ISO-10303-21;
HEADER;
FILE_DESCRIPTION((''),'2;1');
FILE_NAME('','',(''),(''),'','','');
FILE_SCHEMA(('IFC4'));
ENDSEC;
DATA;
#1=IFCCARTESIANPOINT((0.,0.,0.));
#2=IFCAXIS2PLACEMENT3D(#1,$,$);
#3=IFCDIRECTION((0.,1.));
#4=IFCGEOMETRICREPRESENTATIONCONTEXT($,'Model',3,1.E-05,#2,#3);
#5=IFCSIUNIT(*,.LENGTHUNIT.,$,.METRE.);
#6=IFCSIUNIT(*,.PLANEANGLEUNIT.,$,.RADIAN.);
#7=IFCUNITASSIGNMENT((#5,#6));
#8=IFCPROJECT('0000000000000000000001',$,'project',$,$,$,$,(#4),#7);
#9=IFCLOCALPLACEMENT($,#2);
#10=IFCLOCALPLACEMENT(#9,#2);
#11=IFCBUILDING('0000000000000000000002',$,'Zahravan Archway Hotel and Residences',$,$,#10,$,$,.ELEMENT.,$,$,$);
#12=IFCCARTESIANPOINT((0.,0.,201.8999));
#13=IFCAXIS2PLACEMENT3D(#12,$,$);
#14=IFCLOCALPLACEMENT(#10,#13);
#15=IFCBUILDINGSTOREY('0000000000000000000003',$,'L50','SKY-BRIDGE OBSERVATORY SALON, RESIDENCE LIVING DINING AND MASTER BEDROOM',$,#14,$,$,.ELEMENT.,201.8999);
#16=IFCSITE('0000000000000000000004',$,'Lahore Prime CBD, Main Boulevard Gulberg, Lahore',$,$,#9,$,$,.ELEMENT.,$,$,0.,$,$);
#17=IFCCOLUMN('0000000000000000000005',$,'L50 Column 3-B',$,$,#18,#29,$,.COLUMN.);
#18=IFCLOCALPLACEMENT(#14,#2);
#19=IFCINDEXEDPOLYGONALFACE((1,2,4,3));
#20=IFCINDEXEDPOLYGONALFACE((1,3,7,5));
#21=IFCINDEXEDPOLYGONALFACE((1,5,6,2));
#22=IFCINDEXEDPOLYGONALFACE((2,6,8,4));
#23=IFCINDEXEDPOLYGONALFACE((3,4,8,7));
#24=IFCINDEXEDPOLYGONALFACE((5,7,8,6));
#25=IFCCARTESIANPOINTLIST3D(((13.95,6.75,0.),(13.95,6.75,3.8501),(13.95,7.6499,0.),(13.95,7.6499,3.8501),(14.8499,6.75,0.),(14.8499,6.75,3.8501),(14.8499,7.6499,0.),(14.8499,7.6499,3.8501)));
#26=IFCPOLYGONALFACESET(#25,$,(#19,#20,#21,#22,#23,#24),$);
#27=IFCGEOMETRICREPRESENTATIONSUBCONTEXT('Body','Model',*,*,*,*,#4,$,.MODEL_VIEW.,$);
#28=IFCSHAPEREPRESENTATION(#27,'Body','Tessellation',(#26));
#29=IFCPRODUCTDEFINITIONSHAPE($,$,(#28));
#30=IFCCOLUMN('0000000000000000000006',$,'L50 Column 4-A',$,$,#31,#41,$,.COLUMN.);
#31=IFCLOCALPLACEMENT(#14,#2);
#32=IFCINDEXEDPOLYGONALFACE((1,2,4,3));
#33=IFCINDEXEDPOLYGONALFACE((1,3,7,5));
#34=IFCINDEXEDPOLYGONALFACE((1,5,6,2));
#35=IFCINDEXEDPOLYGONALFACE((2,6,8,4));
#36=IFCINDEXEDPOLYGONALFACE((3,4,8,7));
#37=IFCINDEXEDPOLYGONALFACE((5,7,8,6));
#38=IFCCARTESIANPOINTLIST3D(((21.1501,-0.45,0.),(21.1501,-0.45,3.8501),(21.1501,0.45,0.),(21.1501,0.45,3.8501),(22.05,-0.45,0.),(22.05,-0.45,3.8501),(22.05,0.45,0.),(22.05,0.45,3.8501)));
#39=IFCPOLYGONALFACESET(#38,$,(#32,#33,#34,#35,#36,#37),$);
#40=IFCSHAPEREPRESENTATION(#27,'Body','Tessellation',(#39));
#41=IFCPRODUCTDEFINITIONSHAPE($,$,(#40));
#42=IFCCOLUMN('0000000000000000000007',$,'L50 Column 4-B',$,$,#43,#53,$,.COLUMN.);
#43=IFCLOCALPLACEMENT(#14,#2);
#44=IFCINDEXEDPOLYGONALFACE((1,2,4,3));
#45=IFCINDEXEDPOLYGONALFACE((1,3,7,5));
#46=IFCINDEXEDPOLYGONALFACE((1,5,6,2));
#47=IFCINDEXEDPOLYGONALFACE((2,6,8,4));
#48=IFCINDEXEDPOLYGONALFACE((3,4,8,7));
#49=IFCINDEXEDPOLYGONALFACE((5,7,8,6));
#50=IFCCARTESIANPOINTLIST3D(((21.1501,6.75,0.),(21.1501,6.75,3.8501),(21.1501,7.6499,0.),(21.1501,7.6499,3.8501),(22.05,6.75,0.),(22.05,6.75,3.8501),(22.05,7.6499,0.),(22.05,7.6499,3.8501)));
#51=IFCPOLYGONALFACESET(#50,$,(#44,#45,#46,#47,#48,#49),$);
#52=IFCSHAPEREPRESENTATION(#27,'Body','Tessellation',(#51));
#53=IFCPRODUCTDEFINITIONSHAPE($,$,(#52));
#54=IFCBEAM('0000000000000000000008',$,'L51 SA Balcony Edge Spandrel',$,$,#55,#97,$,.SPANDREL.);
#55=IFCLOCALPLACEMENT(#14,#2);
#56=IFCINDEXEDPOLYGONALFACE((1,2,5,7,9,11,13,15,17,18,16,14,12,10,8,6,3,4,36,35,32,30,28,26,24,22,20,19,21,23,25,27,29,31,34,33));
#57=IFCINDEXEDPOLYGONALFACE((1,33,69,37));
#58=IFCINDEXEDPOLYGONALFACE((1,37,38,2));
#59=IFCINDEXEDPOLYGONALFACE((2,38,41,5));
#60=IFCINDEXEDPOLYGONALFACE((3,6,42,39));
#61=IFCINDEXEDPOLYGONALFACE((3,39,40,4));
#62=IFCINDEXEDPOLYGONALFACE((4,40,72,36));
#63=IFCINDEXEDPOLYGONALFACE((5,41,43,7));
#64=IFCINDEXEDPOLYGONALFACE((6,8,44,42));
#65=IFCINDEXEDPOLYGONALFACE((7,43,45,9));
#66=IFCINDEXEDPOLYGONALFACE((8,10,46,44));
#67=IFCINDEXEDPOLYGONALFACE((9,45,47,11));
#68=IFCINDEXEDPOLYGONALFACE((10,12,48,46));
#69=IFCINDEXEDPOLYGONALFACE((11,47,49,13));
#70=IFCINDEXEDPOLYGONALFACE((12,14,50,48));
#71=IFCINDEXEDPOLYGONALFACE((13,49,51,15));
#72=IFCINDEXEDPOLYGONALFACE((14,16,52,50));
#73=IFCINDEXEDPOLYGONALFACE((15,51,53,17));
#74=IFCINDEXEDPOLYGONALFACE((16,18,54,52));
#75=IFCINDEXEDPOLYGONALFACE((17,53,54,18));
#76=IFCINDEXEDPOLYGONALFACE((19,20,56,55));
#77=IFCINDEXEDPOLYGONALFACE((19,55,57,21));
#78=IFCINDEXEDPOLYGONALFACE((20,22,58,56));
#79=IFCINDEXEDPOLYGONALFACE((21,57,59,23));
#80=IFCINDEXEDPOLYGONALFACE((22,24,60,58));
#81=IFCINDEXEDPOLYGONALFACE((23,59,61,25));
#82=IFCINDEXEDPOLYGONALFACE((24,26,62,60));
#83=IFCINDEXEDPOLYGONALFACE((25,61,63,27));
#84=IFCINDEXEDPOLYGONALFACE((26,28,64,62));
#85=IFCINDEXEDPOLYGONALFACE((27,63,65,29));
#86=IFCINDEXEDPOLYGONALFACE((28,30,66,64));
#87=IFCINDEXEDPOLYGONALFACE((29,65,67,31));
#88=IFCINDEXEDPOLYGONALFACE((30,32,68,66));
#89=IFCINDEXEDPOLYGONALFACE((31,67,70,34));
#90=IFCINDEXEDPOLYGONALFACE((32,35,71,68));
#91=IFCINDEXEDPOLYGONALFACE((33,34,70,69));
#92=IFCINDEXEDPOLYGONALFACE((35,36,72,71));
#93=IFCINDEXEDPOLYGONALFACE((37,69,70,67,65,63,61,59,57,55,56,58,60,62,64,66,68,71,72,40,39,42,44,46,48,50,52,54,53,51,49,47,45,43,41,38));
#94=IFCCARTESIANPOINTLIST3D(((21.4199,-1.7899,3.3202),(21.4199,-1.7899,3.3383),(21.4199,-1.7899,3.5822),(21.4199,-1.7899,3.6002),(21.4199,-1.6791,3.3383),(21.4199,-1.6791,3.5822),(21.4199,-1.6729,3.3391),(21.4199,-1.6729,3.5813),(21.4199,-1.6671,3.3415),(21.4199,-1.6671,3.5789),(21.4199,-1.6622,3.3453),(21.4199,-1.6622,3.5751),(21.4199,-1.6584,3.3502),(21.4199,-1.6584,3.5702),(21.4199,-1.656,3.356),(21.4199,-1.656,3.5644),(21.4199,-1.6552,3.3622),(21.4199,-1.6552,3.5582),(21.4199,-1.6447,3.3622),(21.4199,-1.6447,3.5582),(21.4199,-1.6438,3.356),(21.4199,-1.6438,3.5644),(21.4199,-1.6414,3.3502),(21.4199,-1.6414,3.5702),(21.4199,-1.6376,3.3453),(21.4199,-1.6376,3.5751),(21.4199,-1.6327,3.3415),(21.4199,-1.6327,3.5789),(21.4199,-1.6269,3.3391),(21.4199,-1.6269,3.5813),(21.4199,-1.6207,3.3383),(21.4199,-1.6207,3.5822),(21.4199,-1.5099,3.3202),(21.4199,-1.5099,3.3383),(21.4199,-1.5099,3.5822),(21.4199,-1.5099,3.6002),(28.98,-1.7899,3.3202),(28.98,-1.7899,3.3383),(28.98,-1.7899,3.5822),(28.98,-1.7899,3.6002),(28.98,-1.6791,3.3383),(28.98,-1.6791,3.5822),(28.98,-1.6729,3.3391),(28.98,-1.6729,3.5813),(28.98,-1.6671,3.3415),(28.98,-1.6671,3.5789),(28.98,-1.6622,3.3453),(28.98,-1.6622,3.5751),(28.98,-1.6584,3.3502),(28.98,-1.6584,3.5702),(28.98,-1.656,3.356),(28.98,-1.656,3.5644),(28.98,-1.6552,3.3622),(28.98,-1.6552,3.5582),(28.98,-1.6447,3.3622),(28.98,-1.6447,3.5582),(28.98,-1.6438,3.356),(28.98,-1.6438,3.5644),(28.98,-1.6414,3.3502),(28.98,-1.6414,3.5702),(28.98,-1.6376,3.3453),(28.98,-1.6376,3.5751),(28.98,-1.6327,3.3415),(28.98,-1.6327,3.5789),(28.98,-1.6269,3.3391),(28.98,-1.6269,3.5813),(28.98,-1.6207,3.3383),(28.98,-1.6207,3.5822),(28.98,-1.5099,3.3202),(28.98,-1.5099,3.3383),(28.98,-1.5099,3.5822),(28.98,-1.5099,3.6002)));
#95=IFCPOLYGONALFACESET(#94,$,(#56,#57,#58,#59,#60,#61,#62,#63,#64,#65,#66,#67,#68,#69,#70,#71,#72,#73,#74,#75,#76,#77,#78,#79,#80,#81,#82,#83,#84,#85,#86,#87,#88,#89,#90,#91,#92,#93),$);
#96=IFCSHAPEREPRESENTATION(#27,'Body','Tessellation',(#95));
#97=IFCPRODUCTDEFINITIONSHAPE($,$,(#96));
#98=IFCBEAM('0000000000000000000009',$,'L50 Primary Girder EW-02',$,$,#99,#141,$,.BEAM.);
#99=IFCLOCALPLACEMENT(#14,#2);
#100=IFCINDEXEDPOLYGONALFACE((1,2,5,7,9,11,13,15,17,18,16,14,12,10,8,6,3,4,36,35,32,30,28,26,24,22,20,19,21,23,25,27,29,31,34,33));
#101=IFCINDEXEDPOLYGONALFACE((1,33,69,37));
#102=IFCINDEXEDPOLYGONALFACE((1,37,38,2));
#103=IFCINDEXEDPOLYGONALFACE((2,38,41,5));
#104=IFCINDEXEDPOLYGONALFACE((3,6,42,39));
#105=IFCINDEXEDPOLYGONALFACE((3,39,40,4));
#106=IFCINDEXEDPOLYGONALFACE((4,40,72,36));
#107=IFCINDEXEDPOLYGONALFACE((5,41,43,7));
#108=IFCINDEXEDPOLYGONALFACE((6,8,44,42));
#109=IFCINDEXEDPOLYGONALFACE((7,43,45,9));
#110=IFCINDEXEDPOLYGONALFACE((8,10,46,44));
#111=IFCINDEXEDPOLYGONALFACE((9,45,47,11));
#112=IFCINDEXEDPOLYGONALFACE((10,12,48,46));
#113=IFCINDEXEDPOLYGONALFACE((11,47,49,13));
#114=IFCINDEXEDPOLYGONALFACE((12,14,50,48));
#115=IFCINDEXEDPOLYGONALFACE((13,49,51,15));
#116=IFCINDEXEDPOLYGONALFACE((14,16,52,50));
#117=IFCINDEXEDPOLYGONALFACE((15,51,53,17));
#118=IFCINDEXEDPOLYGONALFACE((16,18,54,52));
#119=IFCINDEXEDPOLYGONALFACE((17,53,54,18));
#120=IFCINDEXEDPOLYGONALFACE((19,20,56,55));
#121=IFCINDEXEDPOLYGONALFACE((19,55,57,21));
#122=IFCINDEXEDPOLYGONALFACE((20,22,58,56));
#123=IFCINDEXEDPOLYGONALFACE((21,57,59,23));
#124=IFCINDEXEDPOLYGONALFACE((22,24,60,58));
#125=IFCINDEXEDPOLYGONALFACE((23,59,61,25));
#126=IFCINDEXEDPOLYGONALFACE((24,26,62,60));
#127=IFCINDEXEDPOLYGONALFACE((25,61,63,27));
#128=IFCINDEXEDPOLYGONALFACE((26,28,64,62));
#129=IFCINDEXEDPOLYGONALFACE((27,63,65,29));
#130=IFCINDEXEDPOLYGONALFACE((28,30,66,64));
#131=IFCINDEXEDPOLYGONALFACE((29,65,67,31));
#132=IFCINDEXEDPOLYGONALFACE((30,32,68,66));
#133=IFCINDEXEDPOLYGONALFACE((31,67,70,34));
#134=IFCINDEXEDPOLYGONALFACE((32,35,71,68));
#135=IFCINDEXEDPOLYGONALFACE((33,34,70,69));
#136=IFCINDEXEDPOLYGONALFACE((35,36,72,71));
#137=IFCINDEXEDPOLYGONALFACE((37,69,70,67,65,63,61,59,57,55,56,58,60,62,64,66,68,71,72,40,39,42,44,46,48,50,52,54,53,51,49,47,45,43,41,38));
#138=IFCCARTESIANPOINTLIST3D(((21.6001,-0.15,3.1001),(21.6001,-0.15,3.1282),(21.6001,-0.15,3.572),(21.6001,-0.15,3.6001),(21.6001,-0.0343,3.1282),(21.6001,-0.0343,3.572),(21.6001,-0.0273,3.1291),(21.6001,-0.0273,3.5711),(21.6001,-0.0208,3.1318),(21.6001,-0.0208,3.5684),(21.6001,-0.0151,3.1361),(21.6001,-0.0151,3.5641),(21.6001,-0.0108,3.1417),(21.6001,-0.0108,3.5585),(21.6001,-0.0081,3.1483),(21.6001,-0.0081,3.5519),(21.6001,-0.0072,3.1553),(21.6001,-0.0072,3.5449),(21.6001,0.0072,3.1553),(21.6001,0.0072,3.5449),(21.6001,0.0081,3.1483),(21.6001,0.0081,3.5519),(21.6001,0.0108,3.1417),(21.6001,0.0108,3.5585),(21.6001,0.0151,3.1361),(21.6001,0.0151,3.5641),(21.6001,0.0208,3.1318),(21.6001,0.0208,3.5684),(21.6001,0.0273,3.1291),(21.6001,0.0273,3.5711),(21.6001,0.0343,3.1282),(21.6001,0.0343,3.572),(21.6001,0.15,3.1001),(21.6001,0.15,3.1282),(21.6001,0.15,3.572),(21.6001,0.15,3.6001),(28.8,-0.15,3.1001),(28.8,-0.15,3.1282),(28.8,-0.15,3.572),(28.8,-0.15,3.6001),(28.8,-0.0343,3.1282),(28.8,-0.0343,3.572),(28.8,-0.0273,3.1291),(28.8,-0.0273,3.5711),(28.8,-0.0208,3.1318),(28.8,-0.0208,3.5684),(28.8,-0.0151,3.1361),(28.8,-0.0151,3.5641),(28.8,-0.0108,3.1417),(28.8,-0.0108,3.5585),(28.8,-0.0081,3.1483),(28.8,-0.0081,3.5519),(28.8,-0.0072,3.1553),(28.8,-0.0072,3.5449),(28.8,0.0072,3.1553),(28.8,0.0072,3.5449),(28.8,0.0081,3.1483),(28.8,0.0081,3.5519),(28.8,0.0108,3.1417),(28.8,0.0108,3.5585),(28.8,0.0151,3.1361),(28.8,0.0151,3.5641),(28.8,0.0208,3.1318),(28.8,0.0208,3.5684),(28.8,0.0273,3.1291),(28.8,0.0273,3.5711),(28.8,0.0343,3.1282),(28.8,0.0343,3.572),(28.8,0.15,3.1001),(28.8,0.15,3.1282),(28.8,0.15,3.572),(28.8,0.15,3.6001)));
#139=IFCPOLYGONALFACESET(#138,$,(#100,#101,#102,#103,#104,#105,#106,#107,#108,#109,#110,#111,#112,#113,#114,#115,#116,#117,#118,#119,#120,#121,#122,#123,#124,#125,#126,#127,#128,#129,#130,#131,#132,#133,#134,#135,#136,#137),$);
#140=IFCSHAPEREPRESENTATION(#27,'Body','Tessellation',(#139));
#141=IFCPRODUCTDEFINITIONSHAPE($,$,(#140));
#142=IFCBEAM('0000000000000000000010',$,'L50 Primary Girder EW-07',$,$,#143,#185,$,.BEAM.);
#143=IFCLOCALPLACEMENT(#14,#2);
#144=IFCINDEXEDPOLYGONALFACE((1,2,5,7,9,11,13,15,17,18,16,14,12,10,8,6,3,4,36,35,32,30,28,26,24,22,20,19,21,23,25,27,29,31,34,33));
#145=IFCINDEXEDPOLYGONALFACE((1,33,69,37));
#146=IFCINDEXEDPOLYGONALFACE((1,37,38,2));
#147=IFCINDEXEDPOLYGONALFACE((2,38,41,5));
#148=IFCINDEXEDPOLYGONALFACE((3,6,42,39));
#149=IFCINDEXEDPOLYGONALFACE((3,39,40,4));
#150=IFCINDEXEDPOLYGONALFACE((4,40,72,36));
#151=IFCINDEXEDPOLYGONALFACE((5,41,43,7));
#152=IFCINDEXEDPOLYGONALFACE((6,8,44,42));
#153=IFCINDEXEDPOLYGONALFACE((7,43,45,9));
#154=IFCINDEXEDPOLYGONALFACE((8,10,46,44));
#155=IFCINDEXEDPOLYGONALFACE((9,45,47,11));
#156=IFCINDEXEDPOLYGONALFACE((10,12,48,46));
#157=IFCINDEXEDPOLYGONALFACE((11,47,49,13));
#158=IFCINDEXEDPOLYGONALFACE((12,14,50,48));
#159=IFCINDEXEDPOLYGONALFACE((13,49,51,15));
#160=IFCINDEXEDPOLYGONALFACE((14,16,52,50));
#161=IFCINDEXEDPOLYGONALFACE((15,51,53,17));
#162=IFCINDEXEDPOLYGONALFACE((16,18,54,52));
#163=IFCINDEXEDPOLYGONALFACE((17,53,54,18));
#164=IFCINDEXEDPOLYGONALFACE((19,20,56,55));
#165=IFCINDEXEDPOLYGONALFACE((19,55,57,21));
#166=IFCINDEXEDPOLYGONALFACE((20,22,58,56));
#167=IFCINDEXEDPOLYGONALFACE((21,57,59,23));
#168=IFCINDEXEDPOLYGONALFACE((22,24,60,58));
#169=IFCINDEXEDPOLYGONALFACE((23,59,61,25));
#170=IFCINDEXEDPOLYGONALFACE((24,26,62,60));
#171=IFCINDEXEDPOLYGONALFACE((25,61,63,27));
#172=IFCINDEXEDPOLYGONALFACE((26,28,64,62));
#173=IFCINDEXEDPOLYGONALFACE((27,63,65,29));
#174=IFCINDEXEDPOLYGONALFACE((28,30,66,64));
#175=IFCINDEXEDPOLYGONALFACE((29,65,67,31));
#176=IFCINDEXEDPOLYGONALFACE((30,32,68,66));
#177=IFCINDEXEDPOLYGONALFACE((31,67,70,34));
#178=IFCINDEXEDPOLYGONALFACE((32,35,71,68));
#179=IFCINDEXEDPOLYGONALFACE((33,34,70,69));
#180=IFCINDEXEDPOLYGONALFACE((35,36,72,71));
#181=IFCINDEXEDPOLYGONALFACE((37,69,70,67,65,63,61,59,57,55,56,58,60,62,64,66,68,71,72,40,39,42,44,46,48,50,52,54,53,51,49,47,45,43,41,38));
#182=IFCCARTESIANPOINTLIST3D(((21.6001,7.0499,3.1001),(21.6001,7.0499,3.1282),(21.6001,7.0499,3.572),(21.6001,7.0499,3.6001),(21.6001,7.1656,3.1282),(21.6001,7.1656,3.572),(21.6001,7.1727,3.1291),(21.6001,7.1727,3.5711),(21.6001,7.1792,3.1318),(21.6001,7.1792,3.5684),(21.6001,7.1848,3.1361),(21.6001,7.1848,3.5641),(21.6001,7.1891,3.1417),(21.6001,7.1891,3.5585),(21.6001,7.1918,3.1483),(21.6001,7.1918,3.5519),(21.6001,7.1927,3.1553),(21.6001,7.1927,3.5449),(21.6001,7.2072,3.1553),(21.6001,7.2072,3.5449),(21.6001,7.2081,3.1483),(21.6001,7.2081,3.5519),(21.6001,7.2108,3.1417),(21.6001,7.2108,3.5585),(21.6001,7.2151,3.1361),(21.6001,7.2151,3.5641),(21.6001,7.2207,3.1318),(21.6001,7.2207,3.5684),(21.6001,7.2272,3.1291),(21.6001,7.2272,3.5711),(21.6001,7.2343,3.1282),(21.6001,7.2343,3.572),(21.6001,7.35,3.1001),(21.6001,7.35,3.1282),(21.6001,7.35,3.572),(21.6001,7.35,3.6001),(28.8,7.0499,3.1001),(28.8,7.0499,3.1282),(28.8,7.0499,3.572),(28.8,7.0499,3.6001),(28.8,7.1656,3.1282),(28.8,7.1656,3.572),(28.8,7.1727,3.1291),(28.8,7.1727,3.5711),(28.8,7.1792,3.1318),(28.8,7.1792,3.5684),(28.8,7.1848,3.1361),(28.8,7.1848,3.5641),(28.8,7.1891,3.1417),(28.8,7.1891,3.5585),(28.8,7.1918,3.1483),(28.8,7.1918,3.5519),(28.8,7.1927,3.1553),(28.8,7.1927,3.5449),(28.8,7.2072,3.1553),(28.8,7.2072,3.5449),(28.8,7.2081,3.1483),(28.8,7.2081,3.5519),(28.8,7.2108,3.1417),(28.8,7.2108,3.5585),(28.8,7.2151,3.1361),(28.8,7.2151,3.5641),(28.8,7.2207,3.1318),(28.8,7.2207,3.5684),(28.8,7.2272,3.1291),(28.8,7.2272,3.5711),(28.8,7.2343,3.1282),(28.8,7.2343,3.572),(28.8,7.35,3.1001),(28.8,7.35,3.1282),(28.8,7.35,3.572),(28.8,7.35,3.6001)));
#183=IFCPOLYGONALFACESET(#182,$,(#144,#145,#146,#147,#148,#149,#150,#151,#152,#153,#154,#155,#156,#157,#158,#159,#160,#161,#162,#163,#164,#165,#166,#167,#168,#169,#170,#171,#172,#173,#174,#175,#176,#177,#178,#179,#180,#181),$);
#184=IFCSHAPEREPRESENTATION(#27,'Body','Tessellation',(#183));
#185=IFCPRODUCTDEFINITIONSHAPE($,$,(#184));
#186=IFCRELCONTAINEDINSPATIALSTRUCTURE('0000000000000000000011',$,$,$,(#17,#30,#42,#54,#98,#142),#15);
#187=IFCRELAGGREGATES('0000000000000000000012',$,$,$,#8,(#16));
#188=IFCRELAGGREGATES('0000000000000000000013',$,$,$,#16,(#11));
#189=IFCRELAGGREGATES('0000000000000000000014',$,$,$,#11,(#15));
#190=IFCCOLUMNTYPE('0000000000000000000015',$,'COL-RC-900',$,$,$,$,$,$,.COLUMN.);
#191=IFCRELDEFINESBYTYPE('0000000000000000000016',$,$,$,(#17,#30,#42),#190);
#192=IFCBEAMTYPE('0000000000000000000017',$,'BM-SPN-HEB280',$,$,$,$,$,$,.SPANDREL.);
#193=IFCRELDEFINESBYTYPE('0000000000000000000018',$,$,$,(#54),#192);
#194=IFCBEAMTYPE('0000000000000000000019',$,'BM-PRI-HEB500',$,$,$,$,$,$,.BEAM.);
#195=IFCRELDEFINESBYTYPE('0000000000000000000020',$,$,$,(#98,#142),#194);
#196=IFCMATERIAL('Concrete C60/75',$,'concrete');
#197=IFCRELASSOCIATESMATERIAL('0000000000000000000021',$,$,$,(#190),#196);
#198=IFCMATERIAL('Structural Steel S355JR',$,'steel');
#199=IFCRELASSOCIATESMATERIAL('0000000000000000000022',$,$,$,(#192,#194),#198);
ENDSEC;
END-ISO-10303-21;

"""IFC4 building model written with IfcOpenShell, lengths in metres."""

from ifc_helpers import new_model, si_unit, direction, frame, origin, origin_2d, place, context, subcontext, project, spatial, rectangle, i_section, extrude, source, transform, mapped, material, material_profile, profile_set, type_object, type_shapes, element, save


model = new_model("IFC4")

# Units and contexts
model_context = context("Model", 3, precision=1e-05, world=origin(), true_north=direction((0.0, 1.0)))
body_context = subcontext(model_context, "Body", "Model", "MODEL_VIEW")
ifc_project = project(units=[si_unit("LENGTHUNIT", "METRE"), si_unit("PLANEANGLEUNIT", "RADIAN")], contexts=[model_context])

# Site, building, storey
site_placement = place(None, origin())
site = spatial("IfcSite", under=ifc_project, at=site_placement, Name="Lahore Prime CBD, Main Boulevard Gulberg, Lahore", CompositionType="ELEMENT", RefElevation=0.0)
building_placement = place(site_placement, origin())
building = spatial("IfcBuilding", under=site, at=building_placement, Name="Zahravan Archway Hotel and Residences", CompositionType="ELEMENT")
storey_placement = place(building_placement, frame((0.0, 0.0, 201.8999)))
storey = spatial("IfcBuildingStorey", under=building, at=storey_placement, Name="L50", Description="SKY-BRIDGE OBSERVATORY SALON, RESIDENCE LIVING DINING AND MASTER BEDROOM", CompositionType="ELEMENT", Elevation=201.8999)

# Columns
ifc_material_1 = material(Name="Concrete C60/75", Category="concrete")
ifc_material_profile_1 = material_profile(ifc_material_1, rectangle(XDim=0.8999, YDim=0.8999, at=origin_2d()), Name="RC-COL-900x900", Category="concrete")
ifc_profile_set_1 = profile_set([ifc_material_profile_1], Name="Concrete C60/75")
column_type = type_object("IfcColumnType", Name="COL-RC-900", PredefinedType="COLUMN", material=ifc_profile_set_1)
shared_shape_1 = source(origin(), body_context, "Body", "SweptSolid", [
    extrude(rectangle(XDim=0.8999, YDim=0.8999, at=origin_2d()), origin(), (0.0, 0.0, 1.0), 3.8501),
])
type_shapes(column_type, [shared_shape_1])
for number, where, z_axis, x_axis, name in (
    (1, (14.3999, 7.2, 0.0), (0.0, 0.0, 1.0), (1.0, 0.0, 0.0), "L50 Column 3-B"),
    (2, (21.6001, 0.0, 0.0), (0.0, 0.0, 1.0), (1.0, 0.0, 0.0), "L50 Column 4-A"),
    (3, (21.6001, 7.2, 0.0), (0.0, 0.0, 1.0), (1.0, 0.0, 0.0), "L50 Column 4-B"),
):
    element("IfcColumn", number, at=place(storey_placement, frame(where, z_axis=z_axis, x_axis=x_axis)), inside=storey, type_object=column_type, Name=name, PredefinedType="COLUMN", context=body_context, shape_type="MappedRepresentation", body=[
        mapped(shared_shape_1, transform((0.0, 0.0, 0.0), scale=1.0)),
    ])

# Beams
ifc_material_2 = material(Name="Structural Steel S355JR", Category="steel")
ifc_material_profile_2 = material_profile(ifc_material_2, i_section(OverallWidth=0.28, OverallDepth=0.28, WebThickness=0.0105, FlangeThickness=0.0181, FilletRadius=0.0239, at=origin_2d()), Name="HEB 280", Category="steel")
ifc_profile_set_2 = profile_set([ifc_material_profile_2], Name="Structural Steel S355JR")
beam_type_1 = type_object("IfcBeamType", Name="BM-SPN-HEB280", PredefinedType="SPANDREL", material=ifc_profile_set_2)
shared_shape_2 = source(origin(), body_context, "Body", "SweptSolid", [
    extrude(i_section(OverallWidth=0.28, OverallDepth=0.28, WebThickness=0.0105, FlangeThickness=0.0181, FilletRadius=0.0239, at=origin_2d()), origin(), (0.0, 0.0, 1.0), 7.5601),
])
type_shapes(beam_type_1, [shared_shape_2])
beam_1_placement = place(storey_placement, frame((21.4199, -1.6499, 3.4602), z_axis=(1.0, 0.0, 0.0), x_axis=(0.0, 1.0, 0.0)))
element("IfcBeam", 4, at=beam_1_placement, inside=storey, type_object=beam_type_1, Name="L51 SA Balcony Edge Spandrel", PredefinedType="SPANDREL", context=body_context, shape_type="MappedRepresentation", body=[
    mapped(shared_shape_2, transform((0.0, 0.0, 0.0), scale=1.0)),
])
ifc_material_profile_3 = material_profile(ifc_material_2, i_section(OverallWidth=0.3, OverallDepth=0.5, WebThickness=0.0144, FlangeThickness=0.0281, FilletRadius=0.0271, at=origin_2d()), Name="HEB 500", Category="steel")
ifc_profile_set_3 = profile_set([ifc_material_profile_3], Name="Structural Steel S355JR")
beam_type_2 = type_object("IfcBeamType", Name="BM-PRI-HEB500", PredefinedType="BEAM", material=ifc_profile_set_3)
shared_shape_3 = source(origin(), body_context, "Body", "SweptSolid", [
    extrude(i_section(OverallWidth=0.3, OverallDepth=0.5, WebThickness=0.0144, FlangeThickness=0.0281, FilletRadius=0.0271, at=origin_2d()), origin(), (0.0, 0.0, 1.0), 7.2),
])
for number, where, z_axis, x_axis, name in (
    (5, (21.6001, 0.0, 3.3501), (1.0, 0.0, 0.0), (0.0, 1.0, 0.0), "L50 Primary Girder EW-02"),
    (6, (21.6001, 7.2, 3.3501), (1.0, 0.0, 0.0), (0.0, 1.0, 0.0), "L50 Primary Girder EW-07"),
):
    element("IfcBeam", number, at=place(storey_placement, frame(where, z_axis=z_axis, x_axis=x_axis)), inside=storey, type_object=beam_type_2, Name=name, PredefinedType="BEAM", context=body_context, shape_type="MappedRepresentation", body=[
        mapped(shared_shape_3, transform((0.0, 0.0, 0.0), scale=1.0)),
    ])

save(model, "model.ifc")
